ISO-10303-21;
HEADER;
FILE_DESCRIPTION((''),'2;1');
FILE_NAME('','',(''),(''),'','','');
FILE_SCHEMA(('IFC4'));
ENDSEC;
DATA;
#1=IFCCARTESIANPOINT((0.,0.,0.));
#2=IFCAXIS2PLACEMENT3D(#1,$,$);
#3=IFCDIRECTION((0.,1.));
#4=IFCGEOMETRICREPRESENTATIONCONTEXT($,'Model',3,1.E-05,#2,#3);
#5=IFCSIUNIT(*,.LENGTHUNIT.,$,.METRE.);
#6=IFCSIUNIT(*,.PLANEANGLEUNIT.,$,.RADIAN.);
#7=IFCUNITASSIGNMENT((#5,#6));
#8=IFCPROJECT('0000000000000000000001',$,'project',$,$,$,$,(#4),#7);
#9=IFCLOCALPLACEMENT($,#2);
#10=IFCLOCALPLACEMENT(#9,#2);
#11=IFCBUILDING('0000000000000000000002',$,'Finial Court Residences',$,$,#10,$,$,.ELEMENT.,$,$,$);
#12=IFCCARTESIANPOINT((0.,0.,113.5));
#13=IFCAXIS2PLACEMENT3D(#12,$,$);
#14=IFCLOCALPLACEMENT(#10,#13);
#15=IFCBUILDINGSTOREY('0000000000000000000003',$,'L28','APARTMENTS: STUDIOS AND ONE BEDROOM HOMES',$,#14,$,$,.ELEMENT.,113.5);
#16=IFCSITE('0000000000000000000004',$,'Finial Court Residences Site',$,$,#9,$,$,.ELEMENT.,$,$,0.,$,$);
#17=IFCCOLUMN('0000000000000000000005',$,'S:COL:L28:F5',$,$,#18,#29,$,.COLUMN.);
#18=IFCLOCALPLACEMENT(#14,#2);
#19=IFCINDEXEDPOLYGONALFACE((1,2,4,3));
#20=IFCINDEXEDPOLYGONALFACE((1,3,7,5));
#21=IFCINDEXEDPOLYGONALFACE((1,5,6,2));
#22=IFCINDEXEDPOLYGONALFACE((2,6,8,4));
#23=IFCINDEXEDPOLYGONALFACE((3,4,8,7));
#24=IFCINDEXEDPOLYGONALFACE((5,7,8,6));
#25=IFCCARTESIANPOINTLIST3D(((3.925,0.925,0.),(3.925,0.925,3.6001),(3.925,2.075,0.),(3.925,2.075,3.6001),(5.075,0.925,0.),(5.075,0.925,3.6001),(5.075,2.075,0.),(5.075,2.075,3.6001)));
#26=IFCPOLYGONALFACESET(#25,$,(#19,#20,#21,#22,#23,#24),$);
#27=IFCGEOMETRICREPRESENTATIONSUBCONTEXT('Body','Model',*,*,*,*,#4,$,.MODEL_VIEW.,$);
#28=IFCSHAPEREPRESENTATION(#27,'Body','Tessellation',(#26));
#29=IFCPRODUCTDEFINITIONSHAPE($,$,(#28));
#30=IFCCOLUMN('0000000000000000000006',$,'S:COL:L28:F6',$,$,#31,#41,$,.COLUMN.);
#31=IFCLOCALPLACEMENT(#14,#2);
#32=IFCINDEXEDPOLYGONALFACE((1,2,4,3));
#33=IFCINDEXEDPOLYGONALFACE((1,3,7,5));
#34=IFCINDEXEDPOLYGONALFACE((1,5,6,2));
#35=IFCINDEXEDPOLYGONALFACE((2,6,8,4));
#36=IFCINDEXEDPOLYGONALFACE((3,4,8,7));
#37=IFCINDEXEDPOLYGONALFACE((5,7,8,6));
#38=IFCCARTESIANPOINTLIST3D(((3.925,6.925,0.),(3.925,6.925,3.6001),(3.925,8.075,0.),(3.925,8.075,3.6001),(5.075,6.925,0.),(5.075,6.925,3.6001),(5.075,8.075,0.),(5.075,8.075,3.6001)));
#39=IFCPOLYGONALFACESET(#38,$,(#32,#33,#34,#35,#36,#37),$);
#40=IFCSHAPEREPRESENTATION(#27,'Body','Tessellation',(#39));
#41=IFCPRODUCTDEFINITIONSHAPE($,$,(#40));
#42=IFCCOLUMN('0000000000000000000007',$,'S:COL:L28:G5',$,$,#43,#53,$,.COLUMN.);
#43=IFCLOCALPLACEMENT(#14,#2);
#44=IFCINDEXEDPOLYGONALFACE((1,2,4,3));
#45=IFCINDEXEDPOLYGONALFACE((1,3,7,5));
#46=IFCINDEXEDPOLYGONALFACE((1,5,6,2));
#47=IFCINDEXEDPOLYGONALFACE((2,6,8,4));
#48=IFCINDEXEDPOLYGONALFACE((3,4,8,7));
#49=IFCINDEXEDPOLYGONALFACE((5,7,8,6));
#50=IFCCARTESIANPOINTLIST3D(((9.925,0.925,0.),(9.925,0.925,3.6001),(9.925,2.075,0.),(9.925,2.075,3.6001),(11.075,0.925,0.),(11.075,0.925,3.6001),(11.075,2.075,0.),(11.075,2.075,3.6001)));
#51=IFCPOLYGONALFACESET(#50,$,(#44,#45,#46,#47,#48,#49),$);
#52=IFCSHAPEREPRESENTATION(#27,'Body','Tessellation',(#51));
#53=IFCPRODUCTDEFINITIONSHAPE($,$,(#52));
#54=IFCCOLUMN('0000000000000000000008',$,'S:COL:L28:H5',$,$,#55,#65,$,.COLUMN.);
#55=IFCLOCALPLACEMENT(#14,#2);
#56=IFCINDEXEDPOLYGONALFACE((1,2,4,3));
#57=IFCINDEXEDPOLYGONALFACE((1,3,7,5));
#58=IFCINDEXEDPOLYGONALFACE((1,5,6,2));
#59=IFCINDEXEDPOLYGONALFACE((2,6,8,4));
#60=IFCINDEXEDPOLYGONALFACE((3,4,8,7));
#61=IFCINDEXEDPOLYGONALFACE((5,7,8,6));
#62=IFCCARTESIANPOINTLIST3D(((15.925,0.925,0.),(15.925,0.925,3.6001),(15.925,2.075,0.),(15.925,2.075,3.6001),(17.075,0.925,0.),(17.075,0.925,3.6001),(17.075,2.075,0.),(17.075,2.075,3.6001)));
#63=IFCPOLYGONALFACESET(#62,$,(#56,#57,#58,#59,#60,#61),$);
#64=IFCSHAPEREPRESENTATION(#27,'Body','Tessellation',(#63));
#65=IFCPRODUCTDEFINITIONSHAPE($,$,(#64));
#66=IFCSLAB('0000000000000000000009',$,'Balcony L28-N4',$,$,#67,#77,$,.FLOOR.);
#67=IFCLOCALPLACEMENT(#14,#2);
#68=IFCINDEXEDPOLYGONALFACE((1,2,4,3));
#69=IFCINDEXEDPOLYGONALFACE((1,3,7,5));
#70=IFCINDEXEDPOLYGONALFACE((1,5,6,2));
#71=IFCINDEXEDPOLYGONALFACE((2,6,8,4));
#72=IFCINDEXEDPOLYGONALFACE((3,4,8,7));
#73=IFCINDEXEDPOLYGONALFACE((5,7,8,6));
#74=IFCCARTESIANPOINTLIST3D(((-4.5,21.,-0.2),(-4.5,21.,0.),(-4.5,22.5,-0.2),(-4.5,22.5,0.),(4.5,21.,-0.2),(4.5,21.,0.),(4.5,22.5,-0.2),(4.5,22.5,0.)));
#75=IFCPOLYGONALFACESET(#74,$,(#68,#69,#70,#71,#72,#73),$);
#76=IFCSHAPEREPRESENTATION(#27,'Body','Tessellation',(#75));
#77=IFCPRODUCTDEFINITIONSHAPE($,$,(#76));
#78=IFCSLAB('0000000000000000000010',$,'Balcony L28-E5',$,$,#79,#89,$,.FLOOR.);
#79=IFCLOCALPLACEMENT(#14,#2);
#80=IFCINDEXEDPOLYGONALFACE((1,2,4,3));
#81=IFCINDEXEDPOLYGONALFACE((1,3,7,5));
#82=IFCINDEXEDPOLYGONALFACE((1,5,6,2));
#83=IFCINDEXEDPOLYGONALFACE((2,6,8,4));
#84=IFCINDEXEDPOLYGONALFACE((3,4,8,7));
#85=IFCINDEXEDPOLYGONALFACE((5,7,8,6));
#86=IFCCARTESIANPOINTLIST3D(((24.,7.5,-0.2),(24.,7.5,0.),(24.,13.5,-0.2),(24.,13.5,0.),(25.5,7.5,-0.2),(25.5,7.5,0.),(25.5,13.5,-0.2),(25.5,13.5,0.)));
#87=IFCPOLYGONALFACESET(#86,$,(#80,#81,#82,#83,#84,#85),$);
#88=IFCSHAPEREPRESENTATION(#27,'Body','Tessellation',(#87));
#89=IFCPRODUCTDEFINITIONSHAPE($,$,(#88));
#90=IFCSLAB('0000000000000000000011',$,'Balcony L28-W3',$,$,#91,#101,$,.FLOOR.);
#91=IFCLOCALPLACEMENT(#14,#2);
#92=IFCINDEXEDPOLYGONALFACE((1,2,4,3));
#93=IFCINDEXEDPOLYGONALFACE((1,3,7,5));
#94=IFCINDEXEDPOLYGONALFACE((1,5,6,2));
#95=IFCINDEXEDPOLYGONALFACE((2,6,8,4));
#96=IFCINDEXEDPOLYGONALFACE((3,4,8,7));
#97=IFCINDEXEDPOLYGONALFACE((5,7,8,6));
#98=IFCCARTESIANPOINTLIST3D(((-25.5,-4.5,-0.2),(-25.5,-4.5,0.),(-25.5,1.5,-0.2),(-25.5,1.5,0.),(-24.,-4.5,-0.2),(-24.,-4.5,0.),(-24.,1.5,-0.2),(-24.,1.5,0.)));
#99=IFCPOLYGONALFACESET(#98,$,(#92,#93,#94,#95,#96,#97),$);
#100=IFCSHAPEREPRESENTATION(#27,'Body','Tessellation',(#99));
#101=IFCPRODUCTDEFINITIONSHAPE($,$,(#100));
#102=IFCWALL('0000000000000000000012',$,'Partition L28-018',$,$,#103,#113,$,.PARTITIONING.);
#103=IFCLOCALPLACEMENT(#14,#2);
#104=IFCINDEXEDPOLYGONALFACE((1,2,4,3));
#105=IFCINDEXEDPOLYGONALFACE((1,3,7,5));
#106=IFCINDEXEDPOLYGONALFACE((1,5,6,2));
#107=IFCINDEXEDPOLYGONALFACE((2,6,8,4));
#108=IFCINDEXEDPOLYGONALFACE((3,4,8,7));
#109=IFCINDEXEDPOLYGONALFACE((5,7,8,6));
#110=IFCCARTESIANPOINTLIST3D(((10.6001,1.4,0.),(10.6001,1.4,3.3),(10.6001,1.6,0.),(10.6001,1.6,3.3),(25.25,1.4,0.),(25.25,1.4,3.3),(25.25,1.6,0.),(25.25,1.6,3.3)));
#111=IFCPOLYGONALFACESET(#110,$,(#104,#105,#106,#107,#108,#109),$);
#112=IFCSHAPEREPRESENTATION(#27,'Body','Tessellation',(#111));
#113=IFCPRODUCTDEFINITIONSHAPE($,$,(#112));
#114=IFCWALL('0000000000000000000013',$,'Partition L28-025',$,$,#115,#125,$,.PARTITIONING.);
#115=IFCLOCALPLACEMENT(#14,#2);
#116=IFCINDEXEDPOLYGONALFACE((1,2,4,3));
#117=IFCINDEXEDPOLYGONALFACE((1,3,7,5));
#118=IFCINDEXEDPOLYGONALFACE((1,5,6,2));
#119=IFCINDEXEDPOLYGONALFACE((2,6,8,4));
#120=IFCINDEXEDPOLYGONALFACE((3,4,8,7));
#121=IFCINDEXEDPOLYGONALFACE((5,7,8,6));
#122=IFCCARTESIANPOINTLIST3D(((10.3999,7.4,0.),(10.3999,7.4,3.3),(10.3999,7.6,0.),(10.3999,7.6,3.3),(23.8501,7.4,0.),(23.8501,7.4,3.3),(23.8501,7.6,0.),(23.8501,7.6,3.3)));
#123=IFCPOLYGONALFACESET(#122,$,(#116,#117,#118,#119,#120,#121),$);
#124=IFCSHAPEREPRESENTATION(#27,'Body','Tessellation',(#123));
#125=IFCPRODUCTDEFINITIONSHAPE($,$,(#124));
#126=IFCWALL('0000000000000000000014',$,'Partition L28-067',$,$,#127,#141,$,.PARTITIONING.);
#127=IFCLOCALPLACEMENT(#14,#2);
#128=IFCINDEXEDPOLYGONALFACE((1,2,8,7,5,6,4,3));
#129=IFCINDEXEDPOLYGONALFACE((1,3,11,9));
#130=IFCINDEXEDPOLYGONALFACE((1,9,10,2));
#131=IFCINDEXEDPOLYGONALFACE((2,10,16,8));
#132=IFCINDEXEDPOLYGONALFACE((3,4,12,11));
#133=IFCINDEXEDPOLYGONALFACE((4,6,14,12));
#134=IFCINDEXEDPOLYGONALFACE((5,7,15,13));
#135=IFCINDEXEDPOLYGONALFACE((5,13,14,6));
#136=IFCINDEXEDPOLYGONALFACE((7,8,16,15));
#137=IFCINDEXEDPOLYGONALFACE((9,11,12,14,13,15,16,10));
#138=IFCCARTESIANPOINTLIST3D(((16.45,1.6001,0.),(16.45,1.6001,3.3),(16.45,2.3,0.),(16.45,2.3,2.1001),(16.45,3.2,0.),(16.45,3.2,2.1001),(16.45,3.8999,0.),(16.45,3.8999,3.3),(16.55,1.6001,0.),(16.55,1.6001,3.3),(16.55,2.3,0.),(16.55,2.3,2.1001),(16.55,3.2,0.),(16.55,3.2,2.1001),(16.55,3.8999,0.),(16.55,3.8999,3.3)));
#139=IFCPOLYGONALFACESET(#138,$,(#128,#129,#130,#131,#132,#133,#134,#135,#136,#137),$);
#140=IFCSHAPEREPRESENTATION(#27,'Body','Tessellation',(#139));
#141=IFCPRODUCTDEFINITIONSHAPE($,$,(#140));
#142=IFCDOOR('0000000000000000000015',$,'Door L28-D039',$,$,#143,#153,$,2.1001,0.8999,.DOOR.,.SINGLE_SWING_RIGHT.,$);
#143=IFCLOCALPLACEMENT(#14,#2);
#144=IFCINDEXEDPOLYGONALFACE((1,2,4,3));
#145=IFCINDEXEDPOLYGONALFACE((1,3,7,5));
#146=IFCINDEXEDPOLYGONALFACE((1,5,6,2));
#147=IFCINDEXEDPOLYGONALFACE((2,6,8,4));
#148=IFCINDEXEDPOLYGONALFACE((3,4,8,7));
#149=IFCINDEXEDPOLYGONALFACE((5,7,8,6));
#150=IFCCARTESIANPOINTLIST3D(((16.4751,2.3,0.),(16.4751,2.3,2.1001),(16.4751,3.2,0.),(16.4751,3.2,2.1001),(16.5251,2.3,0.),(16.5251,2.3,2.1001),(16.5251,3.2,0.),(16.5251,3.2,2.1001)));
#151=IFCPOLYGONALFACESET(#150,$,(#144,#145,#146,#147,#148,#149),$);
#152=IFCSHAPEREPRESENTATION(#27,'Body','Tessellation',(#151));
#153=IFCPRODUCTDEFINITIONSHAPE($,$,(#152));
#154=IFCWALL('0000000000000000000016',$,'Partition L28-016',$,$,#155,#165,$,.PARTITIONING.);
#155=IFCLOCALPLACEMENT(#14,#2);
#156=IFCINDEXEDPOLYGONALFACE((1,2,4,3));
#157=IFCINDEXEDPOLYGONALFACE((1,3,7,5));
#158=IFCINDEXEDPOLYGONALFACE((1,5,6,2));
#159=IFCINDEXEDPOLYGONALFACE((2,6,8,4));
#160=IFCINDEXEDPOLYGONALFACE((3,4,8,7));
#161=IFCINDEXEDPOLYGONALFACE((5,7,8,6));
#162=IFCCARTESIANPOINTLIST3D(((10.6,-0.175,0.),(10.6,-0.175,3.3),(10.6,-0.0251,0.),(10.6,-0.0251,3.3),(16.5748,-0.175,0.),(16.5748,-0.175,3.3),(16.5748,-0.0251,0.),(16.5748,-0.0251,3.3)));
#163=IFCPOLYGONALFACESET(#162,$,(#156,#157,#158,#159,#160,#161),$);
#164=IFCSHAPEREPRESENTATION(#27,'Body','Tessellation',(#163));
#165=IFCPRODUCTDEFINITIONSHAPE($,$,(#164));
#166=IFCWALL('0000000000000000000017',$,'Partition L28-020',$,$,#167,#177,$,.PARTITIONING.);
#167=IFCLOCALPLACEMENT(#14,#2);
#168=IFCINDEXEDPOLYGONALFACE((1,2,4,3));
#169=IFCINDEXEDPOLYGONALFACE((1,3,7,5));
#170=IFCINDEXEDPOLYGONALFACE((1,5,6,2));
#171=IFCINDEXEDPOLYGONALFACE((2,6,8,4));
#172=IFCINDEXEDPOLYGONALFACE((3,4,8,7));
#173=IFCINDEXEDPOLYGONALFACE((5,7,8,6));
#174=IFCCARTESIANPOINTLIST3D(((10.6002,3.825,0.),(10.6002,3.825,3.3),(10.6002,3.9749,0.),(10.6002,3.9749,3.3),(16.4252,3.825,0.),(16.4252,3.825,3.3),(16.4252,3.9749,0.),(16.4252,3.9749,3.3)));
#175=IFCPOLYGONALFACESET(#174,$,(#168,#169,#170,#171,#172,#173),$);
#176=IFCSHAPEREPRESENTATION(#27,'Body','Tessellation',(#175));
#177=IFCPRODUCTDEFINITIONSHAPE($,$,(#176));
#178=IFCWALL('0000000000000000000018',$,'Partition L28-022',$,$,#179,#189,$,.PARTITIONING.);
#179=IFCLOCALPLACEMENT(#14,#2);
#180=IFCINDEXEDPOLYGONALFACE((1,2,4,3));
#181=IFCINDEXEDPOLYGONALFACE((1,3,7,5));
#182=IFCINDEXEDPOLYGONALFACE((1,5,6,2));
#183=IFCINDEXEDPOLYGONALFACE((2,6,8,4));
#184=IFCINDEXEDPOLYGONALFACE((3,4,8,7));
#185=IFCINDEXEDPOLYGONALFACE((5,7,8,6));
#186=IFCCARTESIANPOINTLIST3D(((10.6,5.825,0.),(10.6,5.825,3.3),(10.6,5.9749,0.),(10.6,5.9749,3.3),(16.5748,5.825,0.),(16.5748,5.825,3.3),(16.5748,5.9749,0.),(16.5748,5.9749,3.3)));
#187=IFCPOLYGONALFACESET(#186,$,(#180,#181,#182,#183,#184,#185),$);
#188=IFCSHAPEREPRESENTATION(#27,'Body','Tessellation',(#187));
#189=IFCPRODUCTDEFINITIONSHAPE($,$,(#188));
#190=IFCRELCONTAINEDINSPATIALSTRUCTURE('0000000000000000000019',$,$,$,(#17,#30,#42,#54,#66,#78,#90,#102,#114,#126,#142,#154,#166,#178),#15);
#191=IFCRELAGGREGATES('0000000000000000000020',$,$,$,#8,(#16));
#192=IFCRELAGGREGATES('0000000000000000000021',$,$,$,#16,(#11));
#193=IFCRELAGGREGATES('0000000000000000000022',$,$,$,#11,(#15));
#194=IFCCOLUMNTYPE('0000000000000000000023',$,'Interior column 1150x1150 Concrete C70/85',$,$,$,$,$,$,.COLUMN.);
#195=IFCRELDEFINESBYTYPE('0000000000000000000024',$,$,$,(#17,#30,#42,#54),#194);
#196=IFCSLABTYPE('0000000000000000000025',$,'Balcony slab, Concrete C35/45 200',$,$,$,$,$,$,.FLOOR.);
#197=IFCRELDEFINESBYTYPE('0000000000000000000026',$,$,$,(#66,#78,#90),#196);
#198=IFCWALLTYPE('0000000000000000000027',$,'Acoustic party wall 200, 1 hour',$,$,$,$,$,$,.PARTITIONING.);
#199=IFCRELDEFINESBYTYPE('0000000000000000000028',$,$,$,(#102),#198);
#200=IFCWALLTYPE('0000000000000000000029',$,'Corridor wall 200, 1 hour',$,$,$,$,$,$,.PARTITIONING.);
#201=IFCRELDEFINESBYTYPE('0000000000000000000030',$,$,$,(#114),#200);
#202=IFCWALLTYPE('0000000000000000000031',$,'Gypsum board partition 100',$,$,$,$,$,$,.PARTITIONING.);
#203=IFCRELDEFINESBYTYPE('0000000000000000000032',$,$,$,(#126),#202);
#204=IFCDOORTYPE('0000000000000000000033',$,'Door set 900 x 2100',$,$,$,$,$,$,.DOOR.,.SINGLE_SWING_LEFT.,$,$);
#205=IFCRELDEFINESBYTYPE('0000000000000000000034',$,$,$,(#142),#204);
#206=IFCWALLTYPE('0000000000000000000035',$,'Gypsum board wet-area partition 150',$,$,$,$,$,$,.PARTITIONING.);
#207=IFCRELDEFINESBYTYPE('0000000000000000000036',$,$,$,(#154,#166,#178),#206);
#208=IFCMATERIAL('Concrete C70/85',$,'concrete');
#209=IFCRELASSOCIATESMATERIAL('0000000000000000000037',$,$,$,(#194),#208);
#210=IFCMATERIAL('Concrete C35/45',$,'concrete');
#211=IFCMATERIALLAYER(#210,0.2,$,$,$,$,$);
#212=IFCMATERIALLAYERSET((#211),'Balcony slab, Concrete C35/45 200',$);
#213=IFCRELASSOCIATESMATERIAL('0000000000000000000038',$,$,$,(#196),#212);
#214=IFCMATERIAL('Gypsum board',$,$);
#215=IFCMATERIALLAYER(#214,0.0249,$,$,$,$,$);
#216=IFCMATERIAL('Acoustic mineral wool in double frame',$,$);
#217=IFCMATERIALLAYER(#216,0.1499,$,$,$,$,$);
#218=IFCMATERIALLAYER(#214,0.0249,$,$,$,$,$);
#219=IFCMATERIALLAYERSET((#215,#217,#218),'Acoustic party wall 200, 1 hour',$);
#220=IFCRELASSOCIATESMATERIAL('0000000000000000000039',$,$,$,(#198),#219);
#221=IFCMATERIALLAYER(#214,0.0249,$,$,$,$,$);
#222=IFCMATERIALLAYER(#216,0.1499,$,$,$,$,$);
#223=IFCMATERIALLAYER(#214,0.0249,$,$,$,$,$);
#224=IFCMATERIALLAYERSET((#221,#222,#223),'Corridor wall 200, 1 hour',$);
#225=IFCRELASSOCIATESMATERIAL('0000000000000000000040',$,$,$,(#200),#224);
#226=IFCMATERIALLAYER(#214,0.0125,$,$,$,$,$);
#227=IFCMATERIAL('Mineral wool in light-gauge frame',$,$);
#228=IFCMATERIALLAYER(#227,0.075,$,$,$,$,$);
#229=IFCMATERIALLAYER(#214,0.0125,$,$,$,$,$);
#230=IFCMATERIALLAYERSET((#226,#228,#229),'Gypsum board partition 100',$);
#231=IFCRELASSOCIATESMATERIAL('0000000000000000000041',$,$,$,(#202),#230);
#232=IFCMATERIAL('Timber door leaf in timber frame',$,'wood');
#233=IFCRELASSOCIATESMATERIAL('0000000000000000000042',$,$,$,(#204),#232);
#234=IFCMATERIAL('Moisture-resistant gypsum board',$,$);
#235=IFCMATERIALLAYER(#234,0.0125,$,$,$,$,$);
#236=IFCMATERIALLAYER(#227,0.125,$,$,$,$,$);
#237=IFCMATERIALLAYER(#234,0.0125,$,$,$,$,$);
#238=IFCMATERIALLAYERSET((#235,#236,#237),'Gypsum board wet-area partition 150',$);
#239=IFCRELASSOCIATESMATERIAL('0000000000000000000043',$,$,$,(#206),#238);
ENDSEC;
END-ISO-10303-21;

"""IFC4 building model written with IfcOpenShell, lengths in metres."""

from ifc_helpers import new_model, si_unit, direction, frame, frame_2d, origin, origin_2d, place, context, subcontext, project, spatial, polyline, rectangle, outline, extrude, material, layer, layer_set, material_profile, profile_set, type_object, element, fill, save


model = new_model("IFC4")

# Units and contexts
model_context = context("Model", 3, precision=1e-05, world=origin(), true_north=direction((0.0, 1.0)))
body_context = subcontext(model_context, "Body", "Model", "MODEL_VIEW")
ifc_project = project(units=[si_unit("LENGTHUNIT", "METRE"), si_unit("PLANEANGLEUNIT", "RADIAN")], contexts=[model_context])

# Site, building, storey
site_placement = place(None, origin())
site = spatial("IfcSite", under=ifc_project, at=site_placement, Name="Finial Court Residences Site", CompositionType="ELEMENT", RefElevation=0.0)
building_placement = place(site_placement, origin())
building = spatial("IfcBuilding", under=site, at=building_placement, Name="Finial Court Residences", CompositionType="ELEMENT")
storey_placement = place(building_placement, frame((0.0, 0.0, 113.5)))
storey = spatial("IfcBuildingStorey", under=building, at=storey_placement, Name="L28", Description="APARTMENTS: STUDIOS AND ONE BEDROOM HOMES", CompositionType="ELEMENT", Elevation=113.5)

# Columns
ifc_material_1 = material(Name="Concrete C70/85", Category="concrete")
ifc_material_profile = material_profile(ifc_material_1, rectangle(XDim=1.1499, YDim=1.1499, at=origin_2d()), Name="1150x1150")
ifc_profile_set = profile_set([ifc_material_profile], Name="Concrete C70/85")
column_type = type_object("IfcColumnType", Name="Interior column 1150x1150 Concrete C70/85", PredefinedType="COLUMN", material=ifc_profile_set)
for number, where, z_axis, x_axis, name in (
    (1, (4.5, 1.5, 0.0), (0.0, 0.0, 1.0), (1.0, 0.0, 0.0), "S:COL:L28:F5"),
    (2, (4.5, 7.5, 0.0), (0.0, 0.0, 1.0), (1.0, 0.0, 0.0), "S:COL:L28:F6"),
    (3, (10.5, 1.5, 0.0), (0.0, 0.0, 1.0), (1.0, 0.0, 0.0), "S:COL:L28:G5"),
    (4, (16.5, 1.5, 0.0), (0.0, 0.0, 1.0), (1.0, 0.0, 0.0), "S:COL:L28:H5"),
):
    element("IfcColumn", number, at=place(storey_placement, frame(where, z_axis=z_axis, x_axis=x_axis)), inside=storey, type_object=column_type, Name=name, PredefinedType="COLUMN", context=body_context, shape_type="SweptSolid", body=[
        extrude(rectangle(XDim=1.1499, YDim=1.1499, at=origin_2d()), origin(), (0.0, 0.0, 1.0), 3.6001),
    ])

# Slabs
ifc_material_2 = material(Name="Concrete C35/45", Category="concrete")
ifc_layer_1 = layer(ifc_material_2, 0.2)
ifc_layer_set_1 = layer_set([ifc_layer_1], Name="Balcony slab, Concrete C35/45 200")
slab_type = type_object("IfcSlabType", Name="Balcony slab, Concrete C35/45 200", PredefinedType="FLOOR", material=ifc_layer_set_1)
slab_1_placement = place(storey_placement, frame((0.0, 0.0, -0.2)))
element("IfcSlab", 5, at=slab_1_placement, inside=storey, type_object=slab_type, Name="Balcony L28-N4", PredefinedType="FLOOR", context=body_context, shape_type="SweptSolid", body=[
    extrude(outline(polyline([(4.5, 21.0), (4.5, 22.5), (-4.5, 22.5), (-4.5, 21.0), (4.5, 21.0)])), origin(), (0.0, 0.0, 1.0), 0.2),
])
slab_2_placement = place(storey_placement, frame((0.0, 0.0, -0.2)))
element("IfcSlab", 6, at=slab_2_placement, inside=storey, type_object=slab_type, Name="Balcony L28-E5", PredefinedType="FLOOR", context=body_context, shape_type="SweptSolid", body=[
    extrude(outline(polyline([(25.5, 7.5), (25.5, 13.5), (24.0, 13.5), (24.0, 7.5), (25.5, 7.5)])), origin(), (0.0, 0.0, 1.0), 0.2),
])
slab_3_placement = place(storey_placement, frame((0.0, 0.0, -0.2)))
element("IfcSlab", 7, at=slab_3_placement, inside=storey, type_object=slab_type, Name="Balcony L28-W3", PredefinedType="FLOOR", context=body_context, shape_type="SweptSolid", body=[
    extrude(outline(polyline([(-24.0, -4.5), (-24.0, 1.5), (-25.5, 1.5), (-25.5, -4.5), (-24.0, -4.5)])), origin(), (0.0, 0.0, 1.0), 0.2),
])

# Walls
ifc_material_3 = material(Name="Gypsum board")
ifc_layer_2 = layer(ifc_material_3, 0.0249)
ifc_material_4 = material(Name="Acoustic mineral wool in double frame")
ifc_layer_3 = layer(ifc_material_4, 0.1499)
ifc_layer_4 = layer(ifc_material_3, 0.0249)
ifc_layer_set_2 = layer_set([ifc_layer_2, ifc_layer_3, ifc_layer_4], Name="Acoustic party wall 200, 1 hour")
wall_type_1 = type_object("IfcWallType", Name="Acoustic party wall 200, 1 hour", PredefinedType="PARTITIONING", material=ifc_layer_set_2)
wall_1_placement = place(storey_placement, frame((10.6001, 1.5, 0.0), z_axis=(0.0, 0.0, 1.0), x_axis=(1.0, 0.0, 0.0)))
element("IfcWall", 8, at=wall_1_placement, inside=storey, type_object=wall_type_1, Name="Partition L28-018", PredefinedType="PARTITIONING", context=body_context, shape_type="SweptSolid", body=[
    extrude(rectangle(XDim=14.6499, YDim=0.2, at=frame_2d((7.325, 0.0))), origin(), (0.0, 0.0, 1.0), 3.3),
])
ifc_layer_5 = layer(ifc_material_3, 0.0249)
ifc_layer_6 = layer(ifc_material_4, 0.1499)
ifc_layer_7 = layer(ifc_material_3, 0.0249)
ifc_layer_set_3 = layer_set([ifc_layer_5, ifc_layer_6, ifc_layer_7], Name="Corridor wall 200, 1 hour")
wall_type_2 = type_object("IfcWallType", Name="Corridor wall 200, 1 hour", PredefinedType="PARTITIONING", material=ifc_layer_set_3)
wall_2_placement = place(storey_placement, frame((10.3999, 7.5, 0.0), z_axis=(0.0, 0.0, 1.0), x_axis=(1.0, 0.0, 0.0)))
element("IfcWall", 9, at=wall_2_placement, inside=storey, type_object=wall_type_2, Name="Partition L28-025", PredefinedType="PARTITIONING", context=body_context, shape_type="SweptSolid", body=[
    extrude(rectangle(XDim=13.4502, YDim=0.2, at=frame_2d((6.7251, 0.0))), origin(), (0.0, 0.0, 1.0), 3.3),
])

# Wall, opening, door
ifc_layer_8 = layer(ifc_material_3, 0.0125)
ifc_material_5 = material(Name="Mineral wool in light-gauge frame")
ifc_layer_9 = layer(ifc_material_5, 0.075)
ifc_layer_10 = layer(ifc_material_3, 0.0125)
ifc_layer_set_4 = layer_set([ifc_layer_8, ifc_layer_9, ifc_layer_10], Name="Gypsum board partition 100")
wall_type_3 = type_object("IfcWallType", Name="Gypsum board partition 100", PredefinedType="PARTITIONING", material=ifc_layer_set_4)
wall_3_placement = place(storey_placement, frame((16.5, 1.6001, 0.0), z_axis=(0.0, 0.0, 1.0), x_axis=(0.0, 1.0, 0.0)))
wall_3 = element("IfcWall", 10, at=wall_3_placement, inside=storey, type_object=wall_type_3, Name="Partition L28-067", PredefinedType="PARTITIONING", context=body_context, shape_type="SweptSolid", body=[
    extrude(rectangle(XDim=2.2998, YDim=0.1001, at=frame_2d((1.1499, 0.0))), origin(), (0.0, 0.0, 1.0), 3.3),
])
opening_1_placement = place(wall_3_placement, frame((0.7, 0.0, 0.0)))
opening_1 = element("IfcOpeningElement", 11, at=opening_1_placement, cuts=wall_3, PredefinedType="OPENING", context=body_context, shape_type="SweptSolid", body=[
    extrude(rectangle(XDim=0.8999, YDim=2.1001, at=frame_2d((0.45, 1.05))), frame((0.0, 0.0601, 0.0), z_axis=(0.0, -1.0, 0.0), x_axis=(1.0, 0.0, 0.0)), (0.0, 0.0, 1.0), 0.1201),
])
ifc_material_6 = material(Name="Timber door leaf in timber frame", Category="wood")
door_type = type_object("IfcDoorType", Name="Door set 900 x 2100", OperationType="SINGLE_SWING_LEFT", PredefinedType="DOOR", material=ifc_material_6)
door_1_placement = place(opening_1_placement, origin())
door_1 = element("IfcDoor", 12, at=door_1_placement, inside=storey, type_object=door_type, Name="Door L28-D039", OperationType="SINGLE_SWING_RIGHT", OverallHeight=2.1001, OverallWidth=0.8999, PredefinedType="DOOR", context=body_context, shape_type="SweptSolid", body=[
    extrude(rectangle(XDim=0.8999, YDim=2.1001, at=frame_2d((0.45, 1.05))), frame((0.0, 0.0249, 0.0), z_axis=(0.0, -1.0, 0.0), x_axis=(1.0, 0.0, 0.0)), (0.0, 0.0, 1.0), 0.05),
])
fill(opening_1, door_1)

# Walls
ifc_material_7 = material(Name="Moisture-resistant gypsum board")
ifc_layer_11 = layer(ifc_material_7, 0.0125)
ifc_layer_12 = layer(ifc_material_5, 0.125)
ifc_layer_13 = layer(ifc_material_7, 0.0125)
ifc_layer_set_5 = layer_set([ifc_layer_11, ifc_layer_12, ifc_layer_13], Name="Gypsum board wet-area partition 150")
wall_type_4 = type_object("IfcWallType", Name="Gypsum board wet-area partition 150", PredefinedType="PARTITIONING", material=ifc_layer_set_5)
wall_4_placement = place(storey_placement, frame((10.6001, -0.1001, 0.0), z_axis=(0.0, 0.0, 1.0), x_axis=(1.0, 0.0, 0.0)))
element("IfcWall", 13, at=wall_4_placement, inside=storey, type_object=wall_type_4, Name="Partition L28-016", PredefinedType="PARTITIONING", context=body_context, shape_type="SweptSolid", body=[
    extrude(rectangle(XDim=5.9749, YDim=0.1499, at=frame_2d((2.9873, 0.0))), origin(), (0.0, 0.0, 1.0), 3.3),
])
wall_5_placement = place(storey_placement, frame((10.6001, 3.8999, 0.0), z_axis=(0.0, 0.0, 1.0), x_axis=(1.0, 0.0, 0.0)))
element("IfcWall", 14, at=wall_5_placement, inside=storey, type_object=wall_type_4, Name="Partition L28-020", PredefinedType="PARTITIONING", context=body_context, shape_type="SweptSolid", body=[
    extrude(rectangle(XDim=5.825, YDim=0.1499, at=frame_2d((2.9126, 0.0))), origin(), (0.0, 0.0, 1.0), 3.3),
])
wall_6_placement = place(storey_placement, frame((10.6001, 5.8999, 0.0), z_axis=(0.0, 0.0, 1.0), x_axis=(1.0, 0.0, 0.0)))
element("IfcWall", 15, at=wall_6_placement, inside=storey, type_object=wall_type_4, Name="Partition L28-022", PredefinedType="PARTITIONING", context=body_context, shape_type="SweptSolid", body=[
    extrude(rectangle(XDim=5.9749, YDim=0.1499, at=frame_2d((2.9873, 0.0))), origin(), (0.0, 0.0, 1.0), 3.3),
])

save(model, "model.ifc")
